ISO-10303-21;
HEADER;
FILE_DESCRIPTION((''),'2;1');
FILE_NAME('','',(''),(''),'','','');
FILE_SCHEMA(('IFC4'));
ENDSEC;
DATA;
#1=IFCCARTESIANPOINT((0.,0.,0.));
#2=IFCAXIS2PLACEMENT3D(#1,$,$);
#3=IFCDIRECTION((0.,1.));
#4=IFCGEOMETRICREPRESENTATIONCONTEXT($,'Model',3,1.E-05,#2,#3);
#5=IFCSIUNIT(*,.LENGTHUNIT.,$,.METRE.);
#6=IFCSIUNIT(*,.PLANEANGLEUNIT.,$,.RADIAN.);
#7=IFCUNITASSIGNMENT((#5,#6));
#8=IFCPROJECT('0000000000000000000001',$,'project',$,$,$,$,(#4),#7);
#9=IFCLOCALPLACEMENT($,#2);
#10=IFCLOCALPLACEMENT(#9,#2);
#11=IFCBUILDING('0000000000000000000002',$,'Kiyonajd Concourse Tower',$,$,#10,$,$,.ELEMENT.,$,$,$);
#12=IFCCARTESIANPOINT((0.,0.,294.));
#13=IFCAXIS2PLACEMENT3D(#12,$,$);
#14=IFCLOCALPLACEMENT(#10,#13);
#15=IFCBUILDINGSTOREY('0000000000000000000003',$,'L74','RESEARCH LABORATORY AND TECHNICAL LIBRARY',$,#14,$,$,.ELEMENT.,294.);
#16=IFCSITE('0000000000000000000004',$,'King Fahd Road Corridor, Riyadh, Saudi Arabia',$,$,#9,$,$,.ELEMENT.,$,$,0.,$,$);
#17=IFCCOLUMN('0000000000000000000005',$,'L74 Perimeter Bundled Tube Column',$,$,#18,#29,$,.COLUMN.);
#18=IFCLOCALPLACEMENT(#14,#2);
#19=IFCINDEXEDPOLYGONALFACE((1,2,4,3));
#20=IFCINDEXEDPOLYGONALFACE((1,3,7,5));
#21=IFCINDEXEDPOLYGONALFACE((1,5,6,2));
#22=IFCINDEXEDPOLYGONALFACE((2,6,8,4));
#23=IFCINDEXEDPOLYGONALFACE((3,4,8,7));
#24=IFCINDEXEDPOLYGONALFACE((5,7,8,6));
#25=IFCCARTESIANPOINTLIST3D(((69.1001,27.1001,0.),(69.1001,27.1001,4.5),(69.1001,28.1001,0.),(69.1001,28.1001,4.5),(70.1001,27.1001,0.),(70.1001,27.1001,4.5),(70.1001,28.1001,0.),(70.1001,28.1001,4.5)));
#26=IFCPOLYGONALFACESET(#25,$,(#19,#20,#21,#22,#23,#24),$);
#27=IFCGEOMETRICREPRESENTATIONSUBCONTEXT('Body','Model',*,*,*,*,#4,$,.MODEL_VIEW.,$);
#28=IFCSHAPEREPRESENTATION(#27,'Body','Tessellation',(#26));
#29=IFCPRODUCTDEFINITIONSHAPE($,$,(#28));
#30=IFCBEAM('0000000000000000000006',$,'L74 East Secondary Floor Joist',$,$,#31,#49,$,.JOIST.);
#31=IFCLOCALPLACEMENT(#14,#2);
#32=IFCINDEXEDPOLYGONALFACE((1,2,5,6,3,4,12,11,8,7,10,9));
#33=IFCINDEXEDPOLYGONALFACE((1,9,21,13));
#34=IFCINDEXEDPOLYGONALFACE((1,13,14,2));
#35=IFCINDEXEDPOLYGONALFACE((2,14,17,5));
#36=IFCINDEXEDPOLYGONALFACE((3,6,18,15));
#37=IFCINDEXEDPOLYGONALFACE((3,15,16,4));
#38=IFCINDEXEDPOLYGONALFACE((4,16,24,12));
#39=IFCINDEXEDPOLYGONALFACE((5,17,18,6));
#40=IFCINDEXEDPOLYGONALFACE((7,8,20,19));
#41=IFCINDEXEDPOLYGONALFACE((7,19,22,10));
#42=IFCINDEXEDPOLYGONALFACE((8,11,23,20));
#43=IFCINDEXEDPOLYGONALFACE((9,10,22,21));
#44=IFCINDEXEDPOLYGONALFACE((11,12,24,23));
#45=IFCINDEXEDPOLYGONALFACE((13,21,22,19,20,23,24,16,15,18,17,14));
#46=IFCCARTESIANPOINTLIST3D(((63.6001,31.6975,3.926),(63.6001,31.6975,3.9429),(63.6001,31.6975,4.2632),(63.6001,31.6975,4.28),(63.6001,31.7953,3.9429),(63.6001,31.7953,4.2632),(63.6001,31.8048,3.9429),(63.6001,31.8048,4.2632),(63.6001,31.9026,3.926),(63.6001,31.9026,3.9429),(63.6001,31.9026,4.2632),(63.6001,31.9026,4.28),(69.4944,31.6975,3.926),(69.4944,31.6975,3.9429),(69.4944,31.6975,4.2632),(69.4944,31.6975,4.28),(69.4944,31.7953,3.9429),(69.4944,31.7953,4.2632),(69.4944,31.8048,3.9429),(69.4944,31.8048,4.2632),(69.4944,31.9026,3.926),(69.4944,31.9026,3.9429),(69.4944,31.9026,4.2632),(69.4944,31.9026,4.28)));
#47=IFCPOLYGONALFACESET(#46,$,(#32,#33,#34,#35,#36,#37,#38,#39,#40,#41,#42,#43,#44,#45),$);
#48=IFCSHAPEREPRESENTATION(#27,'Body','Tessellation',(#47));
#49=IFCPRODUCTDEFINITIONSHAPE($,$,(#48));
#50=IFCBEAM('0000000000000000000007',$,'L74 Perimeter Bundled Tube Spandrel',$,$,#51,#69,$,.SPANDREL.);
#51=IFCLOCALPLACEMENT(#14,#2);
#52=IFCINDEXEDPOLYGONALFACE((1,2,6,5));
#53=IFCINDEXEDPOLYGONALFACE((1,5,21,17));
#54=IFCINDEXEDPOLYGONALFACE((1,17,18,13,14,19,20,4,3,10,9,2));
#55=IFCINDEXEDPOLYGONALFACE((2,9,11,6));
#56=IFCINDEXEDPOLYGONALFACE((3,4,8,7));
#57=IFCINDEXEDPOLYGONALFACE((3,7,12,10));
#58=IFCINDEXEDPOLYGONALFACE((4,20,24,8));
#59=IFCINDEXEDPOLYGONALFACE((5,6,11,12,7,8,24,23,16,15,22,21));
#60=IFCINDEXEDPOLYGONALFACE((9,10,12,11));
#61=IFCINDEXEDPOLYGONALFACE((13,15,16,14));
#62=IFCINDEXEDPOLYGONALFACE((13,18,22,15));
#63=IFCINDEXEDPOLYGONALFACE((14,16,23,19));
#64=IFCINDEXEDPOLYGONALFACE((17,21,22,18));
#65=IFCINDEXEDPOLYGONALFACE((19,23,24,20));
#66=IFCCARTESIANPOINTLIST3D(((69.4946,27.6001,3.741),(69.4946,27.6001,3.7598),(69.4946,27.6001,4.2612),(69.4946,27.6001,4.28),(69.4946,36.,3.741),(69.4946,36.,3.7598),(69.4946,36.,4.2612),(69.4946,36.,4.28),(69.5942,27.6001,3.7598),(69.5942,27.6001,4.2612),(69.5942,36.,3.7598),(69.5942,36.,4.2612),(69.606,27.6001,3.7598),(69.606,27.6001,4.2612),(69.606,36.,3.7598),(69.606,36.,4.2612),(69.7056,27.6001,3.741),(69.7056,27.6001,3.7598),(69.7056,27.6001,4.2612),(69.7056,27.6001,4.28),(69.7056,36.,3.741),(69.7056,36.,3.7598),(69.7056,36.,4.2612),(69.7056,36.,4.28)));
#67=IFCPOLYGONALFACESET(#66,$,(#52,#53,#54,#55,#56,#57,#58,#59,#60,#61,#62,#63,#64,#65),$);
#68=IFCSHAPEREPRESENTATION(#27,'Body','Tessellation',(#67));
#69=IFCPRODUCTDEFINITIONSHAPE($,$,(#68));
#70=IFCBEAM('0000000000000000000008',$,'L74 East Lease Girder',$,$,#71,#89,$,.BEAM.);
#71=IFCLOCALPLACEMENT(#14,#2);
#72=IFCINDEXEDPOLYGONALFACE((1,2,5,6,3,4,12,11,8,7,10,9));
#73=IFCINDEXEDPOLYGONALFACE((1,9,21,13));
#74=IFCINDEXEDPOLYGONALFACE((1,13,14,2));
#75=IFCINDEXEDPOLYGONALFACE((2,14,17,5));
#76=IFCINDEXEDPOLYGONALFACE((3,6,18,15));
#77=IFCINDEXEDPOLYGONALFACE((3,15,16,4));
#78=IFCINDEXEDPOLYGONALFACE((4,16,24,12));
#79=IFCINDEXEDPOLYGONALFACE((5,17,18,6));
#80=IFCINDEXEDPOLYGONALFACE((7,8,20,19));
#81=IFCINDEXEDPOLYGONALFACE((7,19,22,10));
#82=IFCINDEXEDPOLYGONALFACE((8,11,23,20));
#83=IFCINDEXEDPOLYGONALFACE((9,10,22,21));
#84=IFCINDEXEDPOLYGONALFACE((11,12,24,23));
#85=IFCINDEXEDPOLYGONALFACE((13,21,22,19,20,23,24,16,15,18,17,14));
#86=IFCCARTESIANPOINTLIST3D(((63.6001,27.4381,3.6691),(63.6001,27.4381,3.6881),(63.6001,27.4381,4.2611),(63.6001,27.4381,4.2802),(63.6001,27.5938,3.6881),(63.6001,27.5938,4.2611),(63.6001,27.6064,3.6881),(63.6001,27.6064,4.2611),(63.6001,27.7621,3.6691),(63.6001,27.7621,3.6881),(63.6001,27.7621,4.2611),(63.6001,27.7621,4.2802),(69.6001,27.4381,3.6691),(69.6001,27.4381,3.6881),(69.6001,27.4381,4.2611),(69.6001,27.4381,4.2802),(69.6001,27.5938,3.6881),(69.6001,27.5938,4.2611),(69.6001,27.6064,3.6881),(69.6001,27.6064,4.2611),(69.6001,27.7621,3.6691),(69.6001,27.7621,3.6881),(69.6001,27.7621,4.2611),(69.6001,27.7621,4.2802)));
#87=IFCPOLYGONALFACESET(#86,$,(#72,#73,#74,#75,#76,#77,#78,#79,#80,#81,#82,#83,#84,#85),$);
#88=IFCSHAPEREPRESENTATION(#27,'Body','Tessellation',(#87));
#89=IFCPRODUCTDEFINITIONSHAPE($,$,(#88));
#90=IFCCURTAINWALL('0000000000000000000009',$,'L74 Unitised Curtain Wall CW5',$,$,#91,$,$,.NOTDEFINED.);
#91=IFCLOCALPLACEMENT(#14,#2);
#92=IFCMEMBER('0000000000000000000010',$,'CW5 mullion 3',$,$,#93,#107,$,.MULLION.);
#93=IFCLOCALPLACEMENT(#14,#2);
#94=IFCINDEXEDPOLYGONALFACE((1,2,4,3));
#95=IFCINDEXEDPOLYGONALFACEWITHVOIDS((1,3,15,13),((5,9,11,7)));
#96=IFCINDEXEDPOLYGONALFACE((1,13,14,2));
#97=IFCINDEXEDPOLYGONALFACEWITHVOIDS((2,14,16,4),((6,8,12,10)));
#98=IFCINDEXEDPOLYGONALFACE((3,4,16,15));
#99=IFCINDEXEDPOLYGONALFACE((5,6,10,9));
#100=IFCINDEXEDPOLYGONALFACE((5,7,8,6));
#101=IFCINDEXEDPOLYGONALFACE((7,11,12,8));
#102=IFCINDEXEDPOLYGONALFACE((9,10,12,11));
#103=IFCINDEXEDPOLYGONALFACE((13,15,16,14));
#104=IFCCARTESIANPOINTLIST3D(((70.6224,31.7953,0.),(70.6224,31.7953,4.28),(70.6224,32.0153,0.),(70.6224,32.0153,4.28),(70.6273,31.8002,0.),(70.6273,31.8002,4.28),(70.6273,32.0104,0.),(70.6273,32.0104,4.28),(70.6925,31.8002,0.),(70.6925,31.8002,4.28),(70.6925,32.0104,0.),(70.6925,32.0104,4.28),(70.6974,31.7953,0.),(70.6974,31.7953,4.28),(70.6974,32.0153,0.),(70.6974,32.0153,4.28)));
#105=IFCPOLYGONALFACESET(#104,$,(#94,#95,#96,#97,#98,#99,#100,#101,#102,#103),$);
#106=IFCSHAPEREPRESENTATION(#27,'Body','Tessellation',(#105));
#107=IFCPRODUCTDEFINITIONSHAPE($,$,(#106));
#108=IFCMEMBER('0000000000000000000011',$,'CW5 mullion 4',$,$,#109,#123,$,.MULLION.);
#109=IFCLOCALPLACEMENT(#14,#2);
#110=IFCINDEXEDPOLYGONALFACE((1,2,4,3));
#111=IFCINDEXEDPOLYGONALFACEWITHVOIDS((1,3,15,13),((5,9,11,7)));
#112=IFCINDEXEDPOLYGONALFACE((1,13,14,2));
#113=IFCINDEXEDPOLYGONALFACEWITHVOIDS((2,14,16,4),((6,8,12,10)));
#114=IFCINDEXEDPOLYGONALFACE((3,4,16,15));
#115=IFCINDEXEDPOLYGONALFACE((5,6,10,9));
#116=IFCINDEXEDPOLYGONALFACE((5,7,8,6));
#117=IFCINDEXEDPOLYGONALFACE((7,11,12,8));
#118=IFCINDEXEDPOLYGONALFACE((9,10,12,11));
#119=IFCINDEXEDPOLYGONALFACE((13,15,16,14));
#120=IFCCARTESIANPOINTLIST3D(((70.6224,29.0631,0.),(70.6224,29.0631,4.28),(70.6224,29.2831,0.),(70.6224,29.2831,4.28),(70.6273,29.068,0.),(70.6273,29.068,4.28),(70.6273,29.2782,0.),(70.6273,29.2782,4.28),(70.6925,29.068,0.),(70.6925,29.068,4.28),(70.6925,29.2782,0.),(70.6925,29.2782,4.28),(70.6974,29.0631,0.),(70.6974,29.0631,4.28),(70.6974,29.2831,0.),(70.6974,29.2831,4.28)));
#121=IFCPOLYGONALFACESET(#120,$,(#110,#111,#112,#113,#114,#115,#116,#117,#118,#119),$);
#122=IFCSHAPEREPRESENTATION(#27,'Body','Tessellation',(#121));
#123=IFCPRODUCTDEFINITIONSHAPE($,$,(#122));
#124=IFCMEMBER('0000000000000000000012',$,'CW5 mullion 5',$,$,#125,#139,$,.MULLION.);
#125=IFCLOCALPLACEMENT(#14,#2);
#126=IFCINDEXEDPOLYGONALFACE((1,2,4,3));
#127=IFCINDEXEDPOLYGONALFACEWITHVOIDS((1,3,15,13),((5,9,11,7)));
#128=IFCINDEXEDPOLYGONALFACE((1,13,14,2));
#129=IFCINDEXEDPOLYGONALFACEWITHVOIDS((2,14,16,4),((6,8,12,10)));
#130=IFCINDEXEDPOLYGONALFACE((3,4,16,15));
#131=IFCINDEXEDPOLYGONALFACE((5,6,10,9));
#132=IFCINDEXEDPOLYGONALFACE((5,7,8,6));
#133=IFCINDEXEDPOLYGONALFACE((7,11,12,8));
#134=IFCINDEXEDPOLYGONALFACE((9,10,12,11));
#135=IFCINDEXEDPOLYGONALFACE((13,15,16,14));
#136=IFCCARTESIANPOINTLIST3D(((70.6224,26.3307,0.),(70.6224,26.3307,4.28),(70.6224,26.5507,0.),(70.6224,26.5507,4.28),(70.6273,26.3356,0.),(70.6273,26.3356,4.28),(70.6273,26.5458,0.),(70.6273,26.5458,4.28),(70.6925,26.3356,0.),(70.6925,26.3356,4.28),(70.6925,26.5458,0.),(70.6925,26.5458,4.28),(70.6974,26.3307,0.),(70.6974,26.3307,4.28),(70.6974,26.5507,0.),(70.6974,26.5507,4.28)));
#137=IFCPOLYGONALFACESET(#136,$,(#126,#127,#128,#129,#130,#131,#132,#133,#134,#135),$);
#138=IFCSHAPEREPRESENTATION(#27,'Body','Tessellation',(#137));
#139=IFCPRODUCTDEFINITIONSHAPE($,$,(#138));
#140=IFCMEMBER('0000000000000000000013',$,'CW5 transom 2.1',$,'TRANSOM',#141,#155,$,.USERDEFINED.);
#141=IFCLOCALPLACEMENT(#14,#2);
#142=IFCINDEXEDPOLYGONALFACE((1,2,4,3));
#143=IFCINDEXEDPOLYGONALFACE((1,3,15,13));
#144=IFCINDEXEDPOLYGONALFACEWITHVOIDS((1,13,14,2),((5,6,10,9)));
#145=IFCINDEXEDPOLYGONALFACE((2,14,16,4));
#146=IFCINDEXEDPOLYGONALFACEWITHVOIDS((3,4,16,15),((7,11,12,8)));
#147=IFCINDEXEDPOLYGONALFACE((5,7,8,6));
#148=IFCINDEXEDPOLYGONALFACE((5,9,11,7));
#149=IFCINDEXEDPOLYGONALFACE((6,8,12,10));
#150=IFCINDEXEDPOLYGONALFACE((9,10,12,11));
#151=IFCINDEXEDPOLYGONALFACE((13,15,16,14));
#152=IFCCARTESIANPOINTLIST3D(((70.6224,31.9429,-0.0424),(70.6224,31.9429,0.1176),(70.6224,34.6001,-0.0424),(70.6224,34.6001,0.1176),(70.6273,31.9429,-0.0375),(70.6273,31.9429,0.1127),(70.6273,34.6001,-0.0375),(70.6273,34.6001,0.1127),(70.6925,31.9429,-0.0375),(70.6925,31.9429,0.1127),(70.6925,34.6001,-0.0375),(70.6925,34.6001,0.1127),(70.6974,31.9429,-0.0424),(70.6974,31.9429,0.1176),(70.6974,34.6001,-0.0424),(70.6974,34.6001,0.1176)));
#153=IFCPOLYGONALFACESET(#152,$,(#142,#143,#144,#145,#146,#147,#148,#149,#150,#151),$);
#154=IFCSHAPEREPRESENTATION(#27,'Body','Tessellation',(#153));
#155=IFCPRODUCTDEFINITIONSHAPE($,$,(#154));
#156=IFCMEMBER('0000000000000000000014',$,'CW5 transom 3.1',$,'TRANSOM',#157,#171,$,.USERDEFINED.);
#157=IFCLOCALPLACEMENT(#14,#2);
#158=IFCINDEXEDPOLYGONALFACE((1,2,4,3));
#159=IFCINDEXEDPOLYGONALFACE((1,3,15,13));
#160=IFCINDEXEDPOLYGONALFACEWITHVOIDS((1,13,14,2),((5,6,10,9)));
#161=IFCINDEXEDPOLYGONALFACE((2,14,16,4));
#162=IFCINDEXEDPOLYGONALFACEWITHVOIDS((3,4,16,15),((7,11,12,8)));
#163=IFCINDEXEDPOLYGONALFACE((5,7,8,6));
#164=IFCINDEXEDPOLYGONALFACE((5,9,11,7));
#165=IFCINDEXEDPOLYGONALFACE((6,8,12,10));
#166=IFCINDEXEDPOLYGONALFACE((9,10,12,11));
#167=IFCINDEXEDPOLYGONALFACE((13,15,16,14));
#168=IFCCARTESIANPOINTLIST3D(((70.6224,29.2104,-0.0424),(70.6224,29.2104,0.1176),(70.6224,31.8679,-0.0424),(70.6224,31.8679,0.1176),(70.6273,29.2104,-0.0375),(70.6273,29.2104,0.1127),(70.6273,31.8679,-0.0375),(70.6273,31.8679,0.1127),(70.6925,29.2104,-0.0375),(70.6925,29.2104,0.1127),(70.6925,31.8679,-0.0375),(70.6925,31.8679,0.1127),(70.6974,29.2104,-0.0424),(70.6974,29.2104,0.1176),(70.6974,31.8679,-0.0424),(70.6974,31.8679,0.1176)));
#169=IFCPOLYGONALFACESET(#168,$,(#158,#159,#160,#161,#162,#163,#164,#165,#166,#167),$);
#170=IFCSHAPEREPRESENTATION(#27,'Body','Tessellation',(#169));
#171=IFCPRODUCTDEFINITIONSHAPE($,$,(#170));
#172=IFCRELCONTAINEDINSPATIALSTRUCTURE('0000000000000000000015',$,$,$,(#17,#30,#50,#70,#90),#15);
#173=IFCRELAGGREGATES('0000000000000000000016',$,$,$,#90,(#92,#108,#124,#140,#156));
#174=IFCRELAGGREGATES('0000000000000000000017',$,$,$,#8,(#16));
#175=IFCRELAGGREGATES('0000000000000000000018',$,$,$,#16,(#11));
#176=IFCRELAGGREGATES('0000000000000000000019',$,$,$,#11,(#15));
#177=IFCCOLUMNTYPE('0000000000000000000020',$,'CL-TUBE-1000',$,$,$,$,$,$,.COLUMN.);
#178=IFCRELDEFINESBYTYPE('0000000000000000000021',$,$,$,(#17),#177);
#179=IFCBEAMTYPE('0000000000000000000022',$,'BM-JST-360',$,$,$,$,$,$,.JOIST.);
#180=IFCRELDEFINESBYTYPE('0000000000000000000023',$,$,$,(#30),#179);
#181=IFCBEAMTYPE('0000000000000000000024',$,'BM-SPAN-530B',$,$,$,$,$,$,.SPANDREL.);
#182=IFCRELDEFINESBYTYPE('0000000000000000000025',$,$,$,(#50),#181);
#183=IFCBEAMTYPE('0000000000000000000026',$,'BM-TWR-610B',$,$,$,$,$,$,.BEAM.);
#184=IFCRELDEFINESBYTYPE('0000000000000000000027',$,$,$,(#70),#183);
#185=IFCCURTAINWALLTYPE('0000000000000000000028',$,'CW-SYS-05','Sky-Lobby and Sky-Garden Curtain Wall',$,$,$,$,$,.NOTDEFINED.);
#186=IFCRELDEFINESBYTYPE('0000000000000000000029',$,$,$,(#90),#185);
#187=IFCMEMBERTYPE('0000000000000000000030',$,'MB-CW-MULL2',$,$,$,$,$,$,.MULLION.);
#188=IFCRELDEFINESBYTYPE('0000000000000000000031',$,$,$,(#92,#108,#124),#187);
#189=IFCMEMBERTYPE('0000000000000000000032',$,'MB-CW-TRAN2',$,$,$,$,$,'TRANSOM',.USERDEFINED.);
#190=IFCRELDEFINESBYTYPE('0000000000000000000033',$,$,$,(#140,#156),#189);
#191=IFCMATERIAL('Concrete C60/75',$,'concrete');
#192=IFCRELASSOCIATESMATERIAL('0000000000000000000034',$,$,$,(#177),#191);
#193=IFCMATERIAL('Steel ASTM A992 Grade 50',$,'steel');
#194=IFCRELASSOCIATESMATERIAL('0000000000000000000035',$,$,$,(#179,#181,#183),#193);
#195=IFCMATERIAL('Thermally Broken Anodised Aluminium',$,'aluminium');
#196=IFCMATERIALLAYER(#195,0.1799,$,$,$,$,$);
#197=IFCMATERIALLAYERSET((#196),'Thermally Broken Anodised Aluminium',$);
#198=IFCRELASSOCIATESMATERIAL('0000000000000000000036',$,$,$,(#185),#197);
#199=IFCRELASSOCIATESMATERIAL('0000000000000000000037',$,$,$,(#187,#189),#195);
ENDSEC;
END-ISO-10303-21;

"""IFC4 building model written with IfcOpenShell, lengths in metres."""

from ifc_helpers import new_model, si_unit, direction, frame, origin, origin_2d, place, context, subcontext, project, spatial, rectangle, hollow_rectangle, i_section, extrude, material, layer, layer_set, material_profile, profile_set, type_object, element, aggregate, save


model = new_model("IFC4")

# Units and contexts
model_context = context("Model", 3, precision=1e-05, world=origin(), true_north=direction((0.0, 1.0)))
body_context = subcontext(model_context, "Body", "Model", "MODEL_VIEW")
ifc_project = project(units=[si_unit("LENGTHUNIT", "METRE"), si_unit("PLANEANGLEUNIT", "RADIAN")], contexts=[model_context])

# Site, building, storey
site_placement = place(None, origin())
site = spatial("IfcSite", under=ifc_project, at=site_placement, Name="King Fahd Road Corridor, Riyadh, Saudi Arabia", CompositionType="ELEMENT", RefElevation=0.0)
building_placement = place(site_placement, origin())
building = spatial("IfcBuilding", under=site, at=building_placement, Name="Kiyonajd Concourse Tower", CompositionType="ELEMENT")
storey_placement = place(building_placement, frame((0.0, 0.0, 294.0)))
storey = spatial("IfcBuildingStorey", under=building, at=storey_placement, Name="L74", Description="RESEARCH LABORATORY AND TECHNICAL LIBRARY", CompositionType="ELEMENT", Elevation=294.0)

# Column
ifc_material_1 = material(Name="Concrete C60/75", Category="concrete")
ifc_material_profile_1 = material_profile(ifc_material_1, rectangle(XDim=1.0, YDim=1.0, at=origin_2d()), Name="RC-1000x1000")
ifc_profile_set_1 = profile_set([ifc_material_profile_1], Name="Concrete C60/75")
column_type = type_object("IfcColumnType", Name="CL-TUBE-1000", PredefinedType="COLUMN", material=ifc_profile_set_1)
column_placement = place(storey_placement, frame((69.6001, 27.6001, 0.0), z_axis=(0.0, 0.0, 1.0), x_axis=(1.0, 0.0, 0.0)))
element("IfcColumn", 1, at=column_placement, inside=storey, type_object=column_type, Name="L74 Perimeter Bundled Tube Column", PredefinedType="COLUMN", context=body_context, shape_type="SweptSolid", body=[
    extrude(rectangle(XDim=1.0, YDim=1.0, at=origin_2d()), origin(), (0.0, 0.0, 1.0), 4.5),
])

# Beams
ifc_material_2 = material(Name="Steel ASTM A992 Grade 50", Category="steel")
ifc_material_profile_2 = material_profile(ifc_material_2, i_section(OverallWidth=0.2051, OverallDepth=0.354, WebThickness=0.0095, FlangeThickness=0.0168, at=origin_2d()), Name="W360X79")
ifc_profile_set_2 = profile_set([ifc_material_profile_2], Name="Steel ASTM A992 Grade 50")
beam_type_1 = type_object("IfcBeamType", Name="BM-JST-360", PredefinedType="JOIST", material=ifc_profile_set_2)
beam_1_placement = place(storey_placement, frame((63.6001, 31.8, 4.103), z_axis=(1.0, 0.0, 0.0), x_axis=(0.0, 1.0, 0.0)))
element("IfcBeam", 2, at=beam_1_placement, inside=storey, type_object=beam_type_1, Name="L74 East Secondary Floor Joist", PredefinedType="JOIST", context=body_context, shape_type="SweptSolid", body=[
    extrude(i_section(OverallWidth=0.2051, OverallDepth=0.354, WebThickness=0.0095, FlangeThickness=0.0168, at=origin_2d()), origin(), (0.0, 0.0, 1.0), 5.8943),
])
ifc_material_profile_3 = material_profile(ifc_material_2, i_section(OverallWidth=0.2109, OverallDepth=0.5391, WebThickness=0.0117, FlangeThickness=0.0188, at=origin_2d()), Name="W530X109")
ifc_profile_set_3 = profile_set([ifc_material_profile_3], Name="Steel ASTM A992 Grade 50")
beam_type_2 = type_object("IfcBeamType", Name="BM-SPAN-530B", PredefinedType="SPANDREL", material=ifc_profile_set_3)
beam_2_placement = place(storey_placement, frame((69.6001, 27.6001, 4.0105), z_axis=(0.0, 1.0, 0.0), x_axis=(-1.0, 0.0, 0.0)))
element("IfcBeam", 3, at=beam_2_placement, inside=storey, type_object=beam_type_2, Name="L74 Perimeter Bundled Tube Spandrel", PredefinedType="SPANDREL", context=body_context, shape_type="SweptSolid", body=[
    extrude(i_section(OverallWidth=0.2109, OverallDepth=0.5391, WebThickness=0.0117, FlangeThickness=0.0188, at=origin_2d()), origin(), (0.0, 0.0, 1.0), 8.3999),
])
ifc_material_profile_4 = material_profile(ifc_material_2, i_section(OverallWidth=0.324, OverallDepth=0.6111, WebThickness=0.0127, FlangeThickness=0.019, at=origin_2d()), Name="W610X155")
ifc_profile_set_4 = profile_set([ifc_material_profile_4], Name="Steel ASTM A992 Grade 50")
beam_type_3 = type_object("IfcBeamType", Name="BM-TWR-610B", PredefinedType="BEAM", material=ifc_profile_set_4)
beam_3_placement = place(storey_placement, frame((63.6001, 27.6001, 3.9746), z_axis=(1.0, 0.0, 0.0), x_axis=(0.0, 1.0, 0.0)))
element("IfcBeam", 4, at=beam_3_placement, inside=storey, type_object=beam_type_3, Name="L74 East Lease Girder", PredefinedType="BEAM", context=body_context, shape_type="SweptSolid", body=[
    extrude(i_section(OverallWidth=0.324, OverallDepth=0.6111, WebThickness=0.0127, FlangeThickness=0.019, at=origin_2d()), origin(), (0.0, 0.0, 1.0), 6.0),
])

# Curtain wall, members
ifc_material_3 = material(Name="Thermally Broken Anodised Aluminium", Category="aluminium")
ifc_layer_1 = layer(ifc_material_3, 0.1799)
ifc_layer_set_1 = layer_set([ifc_layer_1], Name="Thermally Broken Anodised Aluminium")
curtain_wall_type = type_object("IfcCurtainWallType", Name="CW-SYS-05", Description="Sky-Lobby and Sky-Garden Curtain Wall", PredefinedType="NOTDEFINED", material=ifc_layer_set_1)
curtain_wall_placement = place(storey_placement, origin())
curtain_wall = element("IfcCurtainWall", 5, at=curtain_wall_placement, inside=storey, type_object=curtain_wall_type, Name="L74 Unitised Curtain Wall CW5", PredefinedType="NOTDEFINED")
ifc_material_profile_5 = material_profile(ifc_material_3, hollow_rectangle(XDim=0.075, YDim=0.22, WallThickness=0.0049, at=origin_2d()), Name="MULL-75x220")
ifc_profile_set_5 = profile_set([ifc_material_profile_5], Name="Thermally Broken Anodised Aluminium")
member_type_1 = type_object("IfcMemberType", Name="MB-CW-MULL2", PredefinedType="MULLION", material=ifc_profile_set_5)
member_1_placement = place(storey_placement, frame((70.6599, 31.9053, 0.0), z_axis=(0.0, 0.0, 1.0), x_axis=(1.0, 0.0, 0.0)))
member_1 = element("IfcMember", 6, at=member_1_placement, type_object=member_type_1, Name="CW5 mullion 3", PredefinedType="MULLION", context=body_context, shape_type="SweptSolid", body=[
    extrude(hollow_rectangle(XDim=0.075, YDim=0.22, WallThickness=0.0049, at=origin_2d()), origin(), (0.0, 0.0, 1.0), 4.28),
])
member_2_placement = place(storey_placement, frame((70.6599, 29.1731, 0.0), z_axis=(0.0, 0.0, 1.0), x_axis=(1.0, 0.0, 0.0)))
member_2 = element("IfcMember", 7, at=member_2_placement, type_object=member_type_1, Name="CW5 mullion 4", PredefinedType="MULLION", context=body_context, shape_type="SweptSolid", body=[
    extrude(hollow_rectangle(XDim=0.075, YDim=0.22, WallThickness=0.0049, at=origin_2d()), origin(), (0.0, 0.0, 1.0), 4.28),
])
member_3_placement = place(storey_placement, frame((70.6599, 26.4407, 0.0), z_axis=(0.0, 0.0, 1.0), x_axis=(1.0, 0.0, 0.0)))
member_3 = element("IfcMember", 8, at=member_3_placement, type_object=member_type_1, Name="CW5 mullion 5", PredefinedType="MULLION", context=body_context, shape_type="SweptSolid", body=[
    extrude(hollow_rectangle(XDim=0.075, YDim=0.22, WallThickness=0.0049, at=origin_2d()), origin(), (0.0, 0.0, 1.0), 4.28),
])
ifc_material_profile_6 = material_profile(ifc_material_3, hollow_rectangle(XDim=0.075, YDim=0.1599, WallThickness=0.0049, at=origin_2d()), Name="TRAN-75x160")
ifc_profile_set_6 = profile_set([ifc_material_profile_6], Name="Thermally Broken Anodised Aluminium")
member_type_2 = type_object("IfcMemberType", Name="MB-CW-TRAN2", ElementType="TRANSOM", PredefinedType="USERDEFINED", material=ifc_profile_set_6)
member_4_placement = place(storey_placement, frame((70.6599, 34.6001, 0.0376), z_axis=(0.0, -1.0, 0.0), x_axis=(1.0, 0.0, 0.0)))
member_4 = element("IfcMember", 9, at=member_4_placement, type_object=member_type_2, Name="CW5 transom 2.1", ObjectType="TRANSOM", PredefinedType="USERDEFINED", context=body_context, shape_type="SweptSolid", body=[
    extrude(hollow_rectangle(XDim=0.075, YDim=0.1599, WallThickness=0.0049, at=origin_2d()), origin(), (0.0, 0.0, 1.0), 2.6572),
])
member_5_placement = place(storey_placement, frame((70.6599, 31.8679, 0.0376), z_axis=(0.0, -1.0, 0.0), x_axis=(1.0, 0.0, 0.0)))
member_5 = element("IfcMember", 10, at=member_5_placement, type_object=member_type_2, Name="CW5 transom 3.1", ObjectType="TRANSOM", PredefinedType="USERDEFINED", context=body_context, shape_type="SweptSolid", body=[
    extrude(hollow_rectangle(XDim=0.075, YDim=0.1599, WallThickness=0.0049, at=origin_2d()), origin(), (0.0, 0.0, 1.0), 2.6575),
])

aggregate(curtain_wall, [member_1, member_2, member_3, member_4, member_5])

save(model, "model.ifc")
